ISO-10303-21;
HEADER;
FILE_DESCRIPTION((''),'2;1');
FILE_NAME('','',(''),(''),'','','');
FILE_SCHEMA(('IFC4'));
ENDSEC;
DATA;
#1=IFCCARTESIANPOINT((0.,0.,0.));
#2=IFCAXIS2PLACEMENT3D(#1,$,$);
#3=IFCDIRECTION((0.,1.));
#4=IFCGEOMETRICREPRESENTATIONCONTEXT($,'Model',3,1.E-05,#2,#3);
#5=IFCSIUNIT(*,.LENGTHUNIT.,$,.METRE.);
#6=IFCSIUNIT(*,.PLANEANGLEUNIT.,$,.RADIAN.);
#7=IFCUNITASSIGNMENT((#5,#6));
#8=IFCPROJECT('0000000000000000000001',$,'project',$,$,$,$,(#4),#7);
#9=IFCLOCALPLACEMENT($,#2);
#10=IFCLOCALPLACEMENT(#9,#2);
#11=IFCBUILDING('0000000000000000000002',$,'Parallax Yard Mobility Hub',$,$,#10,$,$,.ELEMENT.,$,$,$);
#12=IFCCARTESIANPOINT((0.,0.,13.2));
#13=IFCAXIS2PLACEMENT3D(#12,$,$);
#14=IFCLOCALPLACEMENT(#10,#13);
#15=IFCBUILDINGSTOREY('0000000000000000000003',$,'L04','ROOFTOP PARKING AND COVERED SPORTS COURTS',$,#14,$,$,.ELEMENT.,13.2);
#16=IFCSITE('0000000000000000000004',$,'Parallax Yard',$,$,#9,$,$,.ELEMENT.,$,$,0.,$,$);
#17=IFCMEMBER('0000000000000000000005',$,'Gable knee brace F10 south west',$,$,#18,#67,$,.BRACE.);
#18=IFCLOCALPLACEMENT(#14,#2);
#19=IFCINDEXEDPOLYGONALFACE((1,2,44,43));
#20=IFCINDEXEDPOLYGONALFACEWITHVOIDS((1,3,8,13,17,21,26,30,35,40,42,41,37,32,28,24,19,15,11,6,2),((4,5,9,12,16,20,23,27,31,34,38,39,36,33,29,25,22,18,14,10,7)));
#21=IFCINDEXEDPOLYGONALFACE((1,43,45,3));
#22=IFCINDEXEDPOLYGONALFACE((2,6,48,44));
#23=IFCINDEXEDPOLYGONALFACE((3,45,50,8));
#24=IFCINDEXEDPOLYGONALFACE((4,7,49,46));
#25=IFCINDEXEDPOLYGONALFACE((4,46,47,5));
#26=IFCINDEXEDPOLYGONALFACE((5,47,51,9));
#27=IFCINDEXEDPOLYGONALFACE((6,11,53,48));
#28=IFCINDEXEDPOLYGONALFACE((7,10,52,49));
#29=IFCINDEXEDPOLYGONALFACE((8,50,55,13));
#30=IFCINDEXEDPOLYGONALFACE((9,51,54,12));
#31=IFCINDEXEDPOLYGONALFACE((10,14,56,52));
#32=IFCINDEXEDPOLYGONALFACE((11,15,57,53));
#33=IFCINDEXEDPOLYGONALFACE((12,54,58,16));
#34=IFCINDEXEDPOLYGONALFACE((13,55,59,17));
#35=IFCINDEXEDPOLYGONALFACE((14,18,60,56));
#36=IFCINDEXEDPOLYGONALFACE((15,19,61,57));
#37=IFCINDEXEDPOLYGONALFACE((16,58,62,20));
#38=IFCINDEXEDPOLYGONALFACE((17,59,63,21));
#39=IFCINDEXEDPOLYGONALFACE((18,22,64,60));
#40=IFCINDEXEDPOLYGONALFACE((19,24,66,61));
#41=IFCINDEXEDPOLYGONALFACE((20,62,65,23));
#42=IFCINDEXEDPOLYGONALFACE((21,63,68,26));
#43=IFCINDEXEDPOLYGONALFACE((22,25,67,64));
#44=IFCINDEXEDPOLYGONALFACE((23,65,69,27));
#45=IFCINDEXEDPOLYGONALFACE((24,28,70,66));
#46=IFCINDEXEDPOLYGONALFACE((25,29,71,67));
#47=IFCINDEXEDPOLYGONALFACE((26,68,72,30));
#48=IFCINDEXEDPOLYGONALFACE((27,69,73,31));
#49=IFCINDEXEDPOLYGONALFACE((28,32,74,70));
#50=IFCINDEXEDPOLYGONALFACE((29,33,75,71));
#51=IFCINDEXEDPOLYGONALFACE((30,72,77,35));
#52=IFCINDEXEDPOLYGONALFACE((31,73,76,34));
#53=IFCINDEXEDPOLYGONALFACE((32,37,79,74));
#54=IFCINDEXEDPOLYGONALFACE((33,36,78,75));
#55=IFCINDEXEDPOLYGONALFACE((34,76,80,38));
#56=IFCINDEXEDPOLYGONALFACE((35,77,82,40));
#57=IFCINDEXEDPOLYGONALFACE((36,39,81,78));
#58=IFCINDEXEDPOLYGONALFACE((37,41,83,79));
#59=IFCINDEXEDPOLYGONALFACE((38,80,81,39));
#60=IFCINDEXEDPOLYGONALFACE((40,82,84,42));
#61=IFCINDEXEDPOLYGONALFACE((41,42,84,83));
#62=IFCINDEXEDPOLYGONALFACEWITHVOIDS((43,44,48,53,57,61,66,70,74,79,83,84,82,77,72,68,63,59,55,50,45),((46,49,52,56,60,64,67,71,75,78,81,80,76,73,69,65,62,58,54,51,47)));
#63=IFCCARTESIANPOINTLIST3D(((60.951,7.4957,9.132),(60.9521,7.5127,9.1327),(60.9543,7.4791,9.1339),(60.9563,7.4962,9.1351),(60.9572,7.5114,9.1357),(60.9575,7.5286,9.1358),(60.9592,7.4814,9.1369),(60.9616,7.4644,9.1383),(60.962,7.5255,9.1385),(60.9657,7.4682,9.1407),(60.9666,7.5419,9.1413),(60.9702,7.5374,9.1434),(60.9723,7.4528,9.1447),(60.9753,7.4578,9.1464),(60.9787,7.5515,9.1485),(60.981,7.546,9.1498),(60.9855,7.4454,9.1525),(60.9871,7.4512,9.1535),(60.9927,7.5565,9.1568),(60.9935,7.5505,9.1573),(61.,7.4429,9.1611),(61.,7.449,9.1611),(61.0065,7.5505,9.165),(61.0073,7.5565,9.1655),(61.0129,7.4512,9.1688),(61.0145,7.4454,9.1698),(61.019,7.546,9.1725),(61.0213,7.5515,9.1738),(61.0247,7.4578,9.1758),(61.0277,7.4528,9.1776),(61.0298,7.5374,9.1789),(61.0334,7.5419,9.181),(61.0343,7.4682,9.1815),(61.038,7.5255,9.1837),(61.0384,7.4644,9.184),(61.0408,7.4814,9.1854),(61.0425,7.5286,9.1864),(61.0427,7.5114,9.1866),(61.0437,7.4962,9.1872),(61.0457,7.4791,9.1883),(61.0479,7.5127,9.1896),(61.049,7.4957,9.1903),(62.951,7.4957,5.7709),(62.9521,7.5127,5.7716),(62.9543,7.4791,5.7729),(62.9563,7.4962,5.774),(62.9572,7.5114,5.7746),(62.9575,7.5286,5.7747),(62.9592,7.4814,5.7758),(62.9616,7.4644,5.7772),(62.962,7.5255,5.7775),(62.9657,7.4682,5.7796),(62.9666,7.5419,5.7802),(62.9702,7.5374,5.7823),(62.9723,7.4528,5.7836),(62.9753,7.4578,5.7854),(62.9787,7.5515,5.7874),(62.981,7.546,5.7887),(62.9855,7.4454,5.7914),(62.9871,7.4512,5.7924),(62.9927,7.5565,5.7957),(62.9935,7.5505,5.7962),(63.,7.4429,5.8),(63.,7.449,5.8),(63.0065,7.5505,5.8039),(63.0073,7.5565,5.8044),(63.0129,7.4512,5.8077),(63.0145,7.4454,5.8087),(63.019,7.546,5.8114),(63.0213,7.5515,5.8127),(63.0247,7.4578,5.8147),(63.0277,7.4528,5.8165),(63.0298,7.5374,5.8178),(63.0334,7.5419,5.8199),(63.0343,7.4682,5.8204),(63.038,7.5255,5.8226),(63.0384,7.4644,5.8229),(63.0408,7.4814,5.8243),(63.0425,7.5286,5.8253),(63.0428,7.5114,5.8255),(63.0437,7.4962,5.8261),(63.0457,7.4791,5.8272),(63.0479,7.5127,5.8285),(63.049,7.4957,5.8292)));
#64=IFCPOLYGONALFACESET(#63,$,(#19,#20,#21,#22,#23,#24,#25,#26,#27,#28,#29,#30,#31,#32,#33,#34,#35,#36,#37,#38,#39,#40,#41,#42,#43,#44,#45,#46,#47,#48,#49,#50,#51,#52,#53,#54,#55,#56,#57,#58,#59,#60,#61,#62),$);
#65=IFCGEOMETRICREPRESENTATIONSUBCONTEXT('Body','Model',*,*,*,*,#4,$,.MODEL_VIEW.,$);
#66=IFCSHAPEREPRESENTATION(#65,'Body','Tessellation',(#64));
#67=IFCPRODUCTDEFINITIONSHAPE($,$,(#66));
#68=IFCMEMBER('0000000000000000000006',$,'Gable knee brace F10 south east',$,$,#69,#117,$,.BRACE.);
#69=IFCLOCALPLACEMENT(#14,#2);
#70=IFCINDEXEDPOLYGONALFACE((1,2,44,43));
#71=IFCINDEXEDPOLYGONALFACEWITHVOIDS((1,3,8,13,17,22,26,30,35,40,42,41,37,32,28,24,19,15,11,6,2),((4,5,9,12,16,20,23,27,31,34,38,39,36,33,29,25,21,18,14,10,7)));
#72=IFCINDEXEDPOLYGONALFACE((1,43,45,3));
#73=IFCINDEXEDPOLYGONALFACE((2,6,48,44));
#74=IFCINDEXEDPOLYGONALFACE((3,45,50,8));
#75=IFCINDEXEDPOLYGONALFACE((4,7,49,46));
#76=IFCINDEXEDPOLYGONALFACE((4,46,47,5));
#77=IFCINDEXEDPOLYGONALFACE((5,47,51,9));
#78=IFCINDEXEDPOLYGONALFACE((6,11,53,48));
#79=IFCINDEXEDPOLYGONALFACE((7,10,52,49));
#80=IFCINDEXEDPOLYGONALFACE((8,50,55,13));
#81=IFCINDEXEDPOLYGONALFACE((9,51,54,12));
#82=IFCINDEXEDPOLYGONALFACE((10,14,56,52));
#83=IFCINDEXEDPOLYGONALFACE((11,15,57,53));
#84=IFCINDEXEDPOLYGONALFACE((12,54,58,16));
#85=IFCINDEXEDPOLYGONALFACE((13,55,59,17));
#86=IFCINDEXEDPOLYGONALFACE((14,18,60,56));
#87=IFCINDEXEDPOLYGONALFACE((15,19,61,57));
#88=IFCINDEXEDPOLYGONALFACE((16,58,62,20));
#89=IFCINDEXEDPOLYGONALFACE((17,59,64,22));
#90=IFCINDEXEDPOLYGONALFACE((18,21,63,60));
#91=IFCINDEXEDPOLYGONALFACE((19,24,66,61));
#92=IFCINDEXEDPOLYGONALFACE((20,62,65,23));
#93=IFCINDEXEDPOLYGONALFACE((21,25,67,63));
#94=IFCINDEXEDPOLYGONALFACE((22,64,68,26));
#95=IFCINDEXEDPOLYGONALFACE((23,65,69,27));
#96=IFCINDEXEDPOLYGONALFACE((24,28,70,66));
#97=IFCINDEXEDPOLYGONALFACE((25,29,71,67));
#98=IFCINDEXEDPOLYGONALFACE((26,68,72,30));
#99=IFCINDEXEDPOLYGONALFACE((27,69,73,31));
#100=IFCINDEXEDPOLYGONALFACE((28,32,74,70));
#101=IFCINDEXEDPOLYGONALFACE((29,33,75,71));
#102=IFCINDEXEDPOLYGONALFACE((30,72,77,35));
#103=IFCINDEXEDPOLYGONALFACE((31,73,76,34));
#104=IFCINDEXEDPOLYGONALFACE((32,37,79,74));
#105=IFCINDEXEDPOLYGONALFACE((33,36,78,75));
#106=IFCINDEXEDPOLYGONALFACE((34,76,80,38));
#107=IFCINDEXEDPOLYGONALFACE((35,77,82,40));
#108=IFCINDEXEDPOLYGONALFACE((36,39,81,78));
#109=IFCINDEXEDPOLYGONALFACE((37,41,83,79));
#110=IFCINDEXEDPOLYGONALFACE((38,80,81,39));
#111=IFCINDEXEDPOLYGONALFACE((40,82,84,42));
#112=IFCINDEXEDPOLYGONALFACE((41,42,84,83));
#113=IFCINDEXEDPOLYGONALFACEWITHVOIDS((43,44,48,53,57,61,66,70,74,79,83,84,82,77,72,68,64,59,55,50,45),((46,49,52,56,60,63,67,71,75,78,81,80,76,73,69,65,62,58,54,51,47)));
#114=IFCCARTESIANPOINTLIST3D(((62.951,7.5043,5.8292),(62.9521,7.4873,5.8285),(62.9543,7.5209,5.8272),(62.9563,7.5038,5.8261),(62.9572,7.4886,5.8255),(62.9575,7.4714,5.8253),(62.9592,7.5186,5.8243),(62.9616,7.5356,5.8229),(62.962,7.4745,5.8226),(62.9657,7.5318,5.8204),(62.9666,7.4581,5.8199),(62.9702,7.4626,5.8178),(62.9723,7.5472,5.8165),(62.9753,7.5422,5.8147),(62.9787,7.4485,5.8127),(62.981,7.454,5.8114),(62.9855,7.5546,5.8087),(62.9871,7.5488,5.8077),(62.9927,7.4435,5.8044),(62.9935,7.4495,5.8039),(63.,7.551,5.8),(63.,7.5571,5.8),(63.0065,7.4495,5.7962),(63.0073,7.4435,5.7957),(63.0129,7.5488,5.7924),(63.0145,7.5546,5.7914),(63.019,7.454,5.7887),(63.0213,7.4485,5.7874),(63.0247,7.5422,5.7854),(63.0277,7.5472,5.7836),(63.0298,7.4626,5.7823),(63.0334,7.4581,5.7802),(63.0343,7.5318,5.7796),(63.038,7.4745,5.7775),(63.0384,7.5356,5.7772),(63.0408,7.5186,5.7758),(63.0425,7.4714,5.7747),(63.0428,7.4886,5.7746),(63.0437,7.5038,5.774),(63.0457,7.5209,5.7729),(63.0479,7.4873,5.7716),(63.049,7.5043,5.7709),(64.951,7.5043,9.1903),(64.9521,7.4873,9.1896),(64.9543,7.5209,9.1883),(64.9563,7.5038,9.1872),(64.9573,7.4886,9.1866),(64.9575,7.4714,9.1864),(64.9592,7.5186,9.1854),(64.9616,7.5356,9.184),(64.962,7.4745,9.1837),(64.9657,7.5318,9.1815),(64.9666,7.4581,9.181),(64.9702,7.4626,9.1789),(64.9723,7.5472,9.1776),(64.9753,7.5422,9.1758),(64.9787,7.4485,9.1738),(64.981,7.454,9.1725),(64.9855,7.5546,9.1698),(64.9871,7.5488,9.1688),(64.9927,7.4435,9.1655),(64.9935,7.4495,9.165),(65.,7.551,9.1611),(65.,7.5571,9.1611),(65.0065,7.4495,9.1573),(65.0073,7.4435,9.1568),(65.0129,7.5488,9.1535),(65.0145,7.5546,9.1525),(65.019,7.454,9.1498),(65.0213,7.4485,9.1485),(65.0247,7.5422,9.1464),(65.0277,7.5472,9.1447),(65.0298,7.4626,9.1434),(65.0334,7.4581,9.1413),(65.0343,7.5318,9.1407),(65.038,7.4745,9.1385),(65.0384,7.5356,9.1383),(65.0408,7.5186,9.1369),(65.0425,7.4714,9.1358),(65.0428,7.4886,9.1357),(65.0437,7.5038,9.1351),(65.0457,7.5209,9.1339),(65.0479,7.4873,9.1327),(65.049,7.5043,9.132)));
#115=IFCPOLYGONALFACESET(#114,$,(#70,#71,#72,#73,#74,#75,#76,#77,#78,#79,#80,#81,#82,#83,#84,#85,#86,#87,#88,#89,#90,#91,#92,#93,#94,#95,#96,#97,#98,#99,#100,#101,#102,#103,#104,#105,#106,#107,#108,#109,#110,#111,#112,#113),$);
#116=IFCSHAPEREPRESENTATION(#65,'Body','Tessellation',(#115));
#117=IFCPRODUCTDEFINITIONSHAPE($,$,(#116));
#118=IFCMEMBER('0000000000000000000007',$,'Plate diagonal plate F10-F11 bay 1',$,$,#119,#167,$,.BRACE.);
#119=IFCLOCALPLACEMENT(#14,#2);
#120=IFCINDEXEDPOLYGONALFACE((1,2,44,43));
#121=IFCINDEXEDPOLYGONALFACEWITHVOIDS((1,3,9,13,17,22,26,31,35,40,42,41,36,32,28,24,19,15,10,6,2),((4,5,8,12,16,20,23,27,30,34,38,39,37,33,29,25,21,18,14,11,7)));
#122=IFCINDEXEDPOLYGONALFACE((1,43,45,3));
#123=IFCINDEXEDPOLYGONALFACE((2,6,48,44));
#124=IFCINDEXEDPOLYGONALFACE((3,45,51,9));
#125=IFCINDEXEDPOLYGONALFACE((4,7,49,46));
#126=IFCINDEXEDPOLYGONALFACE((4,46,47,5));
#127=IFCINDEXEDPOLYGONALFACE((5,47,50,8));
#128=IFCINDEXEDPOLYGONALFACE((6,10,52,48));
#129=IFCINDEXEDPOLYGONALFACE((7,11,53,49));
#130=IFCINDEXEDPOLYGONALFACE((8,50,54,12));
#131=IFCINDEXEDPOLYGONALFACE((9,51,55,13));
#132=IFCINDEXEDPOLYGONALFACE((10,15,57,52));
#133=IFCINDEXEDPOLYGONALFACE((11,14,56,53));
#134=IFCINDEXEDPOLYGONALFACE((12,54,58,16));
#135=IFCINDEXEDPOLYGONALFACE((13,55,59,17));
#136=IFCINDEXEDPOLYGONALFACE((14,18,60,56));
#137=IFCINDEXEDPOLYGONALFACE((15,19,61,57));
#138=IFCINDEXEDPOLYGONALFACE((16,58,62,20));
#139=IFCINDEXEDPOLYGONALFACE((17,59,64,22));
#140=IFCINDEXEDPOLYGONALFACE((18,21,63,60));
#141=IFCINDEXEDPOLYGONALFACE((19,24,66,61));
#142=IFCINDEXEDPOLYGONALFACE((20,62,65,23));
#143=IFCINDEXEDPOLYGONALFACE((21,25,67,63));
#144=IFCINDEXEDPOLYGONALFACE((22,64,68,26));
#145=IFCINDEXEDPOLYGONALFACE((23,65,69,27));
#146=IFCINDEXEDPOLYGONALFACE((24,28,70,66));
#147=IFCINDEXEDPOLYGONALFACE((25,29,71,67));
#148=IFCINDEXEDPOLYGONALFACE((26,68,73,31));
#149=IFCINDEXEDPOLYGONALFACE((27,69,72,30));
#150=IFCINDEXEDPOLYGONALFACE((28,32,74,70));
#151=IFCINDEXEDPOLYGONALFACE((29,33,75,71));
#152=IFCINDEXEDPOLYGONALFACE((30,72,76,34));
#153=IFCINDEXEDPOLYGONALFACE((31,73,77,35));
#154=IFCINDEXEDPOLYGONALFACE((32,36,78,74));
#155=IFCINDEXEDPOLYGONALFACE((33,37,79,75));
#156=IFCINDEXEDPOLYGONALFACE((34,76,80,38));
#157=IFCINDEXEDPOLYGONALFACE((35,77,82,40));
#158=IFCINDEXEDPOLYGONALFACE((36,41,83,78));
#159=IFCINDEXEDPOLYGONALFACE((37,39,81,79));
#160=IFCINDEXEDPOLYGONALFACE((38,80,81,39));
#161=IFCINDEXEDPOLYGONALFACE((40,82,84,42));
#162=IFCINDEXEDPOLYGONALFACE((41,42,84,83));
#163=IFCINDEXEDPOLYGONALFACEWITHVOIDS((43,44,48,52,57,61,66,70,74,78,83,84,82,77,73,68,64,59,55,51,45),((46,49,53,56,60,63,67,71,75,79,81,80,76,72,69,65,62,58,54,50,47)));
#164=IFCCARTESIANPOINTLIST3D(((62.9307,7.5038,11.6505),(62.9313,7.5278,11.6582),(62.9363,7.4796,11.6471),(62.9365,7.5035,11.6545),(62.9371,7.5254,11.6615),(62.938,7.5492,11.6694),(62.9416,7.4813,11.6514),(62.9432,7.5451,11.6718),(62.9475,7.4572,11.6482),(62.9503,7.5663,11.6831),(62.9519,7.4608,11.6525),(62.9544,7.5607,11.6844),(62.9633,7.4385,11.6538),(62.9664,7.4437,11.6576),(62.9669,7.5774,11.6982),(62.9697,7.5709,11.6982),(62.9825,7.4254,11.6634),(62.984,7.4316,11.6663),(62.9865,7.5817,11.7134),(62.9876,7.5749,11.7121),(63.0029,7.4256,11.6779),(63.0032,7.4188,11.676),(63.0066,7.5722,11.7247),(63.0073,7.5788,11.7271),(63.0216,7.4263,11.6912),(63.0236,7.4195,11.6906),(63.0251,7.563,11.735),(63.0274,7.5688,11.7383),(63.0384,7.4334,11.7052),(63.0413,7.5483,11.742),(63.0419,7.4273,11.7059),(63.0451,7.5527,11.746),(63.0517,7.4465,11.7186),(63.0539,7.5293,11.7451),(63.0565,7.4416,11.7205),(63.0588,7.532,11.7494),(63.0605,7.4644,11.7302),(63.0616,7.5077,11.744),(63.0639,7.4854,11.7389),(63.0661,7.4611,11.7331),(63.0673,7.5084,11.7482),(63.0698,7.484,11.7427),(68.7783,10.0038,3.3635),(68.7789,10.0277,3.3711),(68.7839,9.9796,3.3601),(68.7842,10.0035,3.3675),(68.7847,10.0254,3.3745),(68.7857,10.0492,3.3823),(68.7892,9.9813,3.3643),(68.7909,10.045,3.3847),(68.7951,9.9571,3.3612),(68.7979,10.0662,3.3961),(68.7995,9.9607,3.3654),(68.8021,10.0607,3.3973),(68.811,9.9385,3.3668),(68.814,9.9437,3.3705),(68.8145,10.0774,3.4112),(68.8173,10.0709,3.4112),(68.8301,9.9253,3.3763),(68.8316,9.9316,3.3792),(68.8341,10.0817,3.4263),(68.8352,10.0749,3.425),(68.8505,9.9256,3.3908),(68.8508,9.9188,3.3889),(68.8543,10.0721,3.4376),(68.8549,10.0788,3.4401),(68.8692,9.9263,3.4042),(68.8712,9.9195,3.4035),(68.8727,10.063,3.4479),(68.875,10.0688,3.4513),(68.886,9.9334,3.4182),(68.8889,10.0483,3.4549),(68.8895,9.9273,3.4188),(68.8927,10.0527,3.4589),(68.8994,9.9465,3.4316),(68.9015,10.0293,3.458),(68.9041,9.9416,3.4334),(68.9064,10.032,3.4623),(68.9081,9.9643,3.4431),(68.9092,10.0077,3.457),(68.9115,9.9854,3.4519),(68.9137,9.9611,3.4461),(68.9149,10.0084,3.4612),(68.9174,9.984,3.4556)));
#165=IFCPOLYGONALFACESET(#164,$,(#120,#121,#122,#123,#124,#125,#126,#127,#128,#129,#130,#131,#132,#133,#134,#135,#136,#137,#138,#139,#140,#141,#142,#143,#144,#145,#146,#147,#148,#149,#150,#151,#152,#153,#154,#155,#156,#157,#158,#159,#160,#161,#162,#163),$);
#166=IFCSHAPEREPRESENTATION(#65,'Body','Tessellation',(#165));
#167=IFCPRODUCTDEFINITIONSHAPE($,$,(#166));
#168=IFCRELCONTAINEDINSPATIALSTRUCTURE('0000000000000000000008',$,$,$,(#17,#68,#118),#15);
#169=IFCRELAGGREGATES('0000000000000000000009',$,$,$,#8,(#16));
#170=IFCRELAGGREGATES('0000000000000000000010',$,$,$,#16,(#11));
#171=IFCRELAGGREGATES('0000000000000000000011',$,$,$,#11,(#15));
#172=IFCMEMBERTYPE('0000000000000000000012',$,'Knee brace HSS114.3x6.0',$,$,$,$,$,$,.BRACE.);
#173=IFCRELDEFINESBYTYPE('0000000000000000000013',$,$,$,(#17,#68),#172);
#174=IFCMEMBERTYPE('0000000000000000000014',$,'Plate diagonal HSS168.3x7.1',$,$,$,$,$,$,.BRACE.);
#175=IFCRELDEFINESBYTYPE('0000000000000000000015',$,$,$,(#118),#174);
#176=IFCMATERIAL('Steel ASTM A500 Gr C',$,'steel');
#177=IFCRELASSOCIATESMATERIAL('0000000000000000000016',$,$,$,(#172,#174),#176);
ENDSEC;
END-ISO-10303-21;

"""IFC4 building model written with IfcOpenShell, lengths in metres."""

from ifc_helpers import new_model, si_unit, direction, frame, origin, origin_2d, place, context, subcontext, project, spatial, hollow_circle, extrude, material, material_profile, profile_set, type_object, element, save


model = new_model("IFC4")

# Units and contexts
model_context = context("Model", 3, precision=1e-05, world=origin(), true_north=direction((0.0, 1.0)))
body_context = subcontext(model_context, "Body", "Model", "MODEL_VIEW")
ifc_project = project(units=[si_unit("LENGTHUNIT", "METRE"), si_unit("PLANEANGLEUNIT", "RADIAN")], contexts=[model_context])

# Site, building, storey
site_placement = place(None, origin())
site = spatial("IfcSite", under=ifc_project, at=site_placement, Name="Parallax Yard", CompositionType="ELEMENT", RefElevation=0.0)
building_placement = place(site_placement, origin())
building = spatial("IfcBuilding", under=site, at=building_placement, Name="Parallax Yard Mobility Hub", CompositionType="ELEMENT")
storey_placement = place(building_placement, frame((0.0, 0.0, 13.2)))
storey = spatial("IfcBuildingStorey", under=building, at=storey_placement, Name="L04", Description="ROOFTOP PARKING AND COVERED SPORTS COURTS", CompositionType="ELEMENT", Elevation=13.2)

# Members
ifc_material_1 = material(Name="Steel ASTM A500 Gr C", Category="steel")
ifc_material_profile_1 = material_profile(ifc_material_1, hollow_circle(Radius=0.0571, WallThickness=0.0061, at=origin_2d()), Name="HSS114.3x6.0")
ifc_profile_set_1 = profile_set([ifc_material_profile_1], Name="Steel ASTM A500 Gr C")
member_type_1 = type_object("IfcMemberType", Name="Knee brace HSS114.3x6.0", PredefinedType="BRACE", material=ifc_profile_set_1)
for number, where, z_axis, x_axis, name in (
    (1, (63.0, 7.5, 5.8), (-0.511362, 0.0, 0.859365), (0.0, -1.0, 0.0), "Gable knee brace F10 south west"),
    (2, (63.0, 7.5, 5.8), (0.511362, 0.0, 0.859365), (0.0, 1.0, 0.0), "Gable knee brace F10 south east"),
):
    element("IfcMember", number, at=place(storey_placement, frame(where, z_axis=z_axis, x_axis=x_axis)), inside=storey, type_object=member_type_1, Name=name, PredefinedType="BRACE", context=body_context, shape_type="SweptSolid", body=[
        extrude(hollow_circle(Radius=0.0571, WallThickness=0.0061, at=origin_2d()), origin(), (0.0, 0.0, 1.0), 3.9111),
    ])
ifc_material_profile_2 = material_profile(ifc_material_1, hollow_circle(Radius=0.0842, WallThickness=0.0071, at=origin_2d()), Name="HSS168.3x7.1")
ifc_profile_set_2 = profile_set([ifc_material_profile_2], Name="Steel ASTM A500 Gr C")
member_type_2 = type_object("IfcMemberType", Name="Plate diagonal HSS168.3x7.1", PredefinedType="BRACE", material=ifc_profile_set_2)
member_1_placement = place(storey_placement, frame((63.0, 7.5, 11.6982), z_axis=(0.559793, 0.239323, -0.79332), x_axis=(-0.393104, 0.919494, 0.0)))
element("IfcMember", 3, at=member_1_placement, inside=storey, type_object=member_type_2, Name="Plate diagonal plate F10-F11 bay 1", PredefinedType="BRACE", context=body_context, shape_type="SweptSolid", body=[
    extrude(hollow_circle(Radius=0.0842, WallThickness=0.0071, at=origin_2d()), origin(), (0.0, 0.0, 1.0), 10.446),
])

save(model, "model.ifc")
